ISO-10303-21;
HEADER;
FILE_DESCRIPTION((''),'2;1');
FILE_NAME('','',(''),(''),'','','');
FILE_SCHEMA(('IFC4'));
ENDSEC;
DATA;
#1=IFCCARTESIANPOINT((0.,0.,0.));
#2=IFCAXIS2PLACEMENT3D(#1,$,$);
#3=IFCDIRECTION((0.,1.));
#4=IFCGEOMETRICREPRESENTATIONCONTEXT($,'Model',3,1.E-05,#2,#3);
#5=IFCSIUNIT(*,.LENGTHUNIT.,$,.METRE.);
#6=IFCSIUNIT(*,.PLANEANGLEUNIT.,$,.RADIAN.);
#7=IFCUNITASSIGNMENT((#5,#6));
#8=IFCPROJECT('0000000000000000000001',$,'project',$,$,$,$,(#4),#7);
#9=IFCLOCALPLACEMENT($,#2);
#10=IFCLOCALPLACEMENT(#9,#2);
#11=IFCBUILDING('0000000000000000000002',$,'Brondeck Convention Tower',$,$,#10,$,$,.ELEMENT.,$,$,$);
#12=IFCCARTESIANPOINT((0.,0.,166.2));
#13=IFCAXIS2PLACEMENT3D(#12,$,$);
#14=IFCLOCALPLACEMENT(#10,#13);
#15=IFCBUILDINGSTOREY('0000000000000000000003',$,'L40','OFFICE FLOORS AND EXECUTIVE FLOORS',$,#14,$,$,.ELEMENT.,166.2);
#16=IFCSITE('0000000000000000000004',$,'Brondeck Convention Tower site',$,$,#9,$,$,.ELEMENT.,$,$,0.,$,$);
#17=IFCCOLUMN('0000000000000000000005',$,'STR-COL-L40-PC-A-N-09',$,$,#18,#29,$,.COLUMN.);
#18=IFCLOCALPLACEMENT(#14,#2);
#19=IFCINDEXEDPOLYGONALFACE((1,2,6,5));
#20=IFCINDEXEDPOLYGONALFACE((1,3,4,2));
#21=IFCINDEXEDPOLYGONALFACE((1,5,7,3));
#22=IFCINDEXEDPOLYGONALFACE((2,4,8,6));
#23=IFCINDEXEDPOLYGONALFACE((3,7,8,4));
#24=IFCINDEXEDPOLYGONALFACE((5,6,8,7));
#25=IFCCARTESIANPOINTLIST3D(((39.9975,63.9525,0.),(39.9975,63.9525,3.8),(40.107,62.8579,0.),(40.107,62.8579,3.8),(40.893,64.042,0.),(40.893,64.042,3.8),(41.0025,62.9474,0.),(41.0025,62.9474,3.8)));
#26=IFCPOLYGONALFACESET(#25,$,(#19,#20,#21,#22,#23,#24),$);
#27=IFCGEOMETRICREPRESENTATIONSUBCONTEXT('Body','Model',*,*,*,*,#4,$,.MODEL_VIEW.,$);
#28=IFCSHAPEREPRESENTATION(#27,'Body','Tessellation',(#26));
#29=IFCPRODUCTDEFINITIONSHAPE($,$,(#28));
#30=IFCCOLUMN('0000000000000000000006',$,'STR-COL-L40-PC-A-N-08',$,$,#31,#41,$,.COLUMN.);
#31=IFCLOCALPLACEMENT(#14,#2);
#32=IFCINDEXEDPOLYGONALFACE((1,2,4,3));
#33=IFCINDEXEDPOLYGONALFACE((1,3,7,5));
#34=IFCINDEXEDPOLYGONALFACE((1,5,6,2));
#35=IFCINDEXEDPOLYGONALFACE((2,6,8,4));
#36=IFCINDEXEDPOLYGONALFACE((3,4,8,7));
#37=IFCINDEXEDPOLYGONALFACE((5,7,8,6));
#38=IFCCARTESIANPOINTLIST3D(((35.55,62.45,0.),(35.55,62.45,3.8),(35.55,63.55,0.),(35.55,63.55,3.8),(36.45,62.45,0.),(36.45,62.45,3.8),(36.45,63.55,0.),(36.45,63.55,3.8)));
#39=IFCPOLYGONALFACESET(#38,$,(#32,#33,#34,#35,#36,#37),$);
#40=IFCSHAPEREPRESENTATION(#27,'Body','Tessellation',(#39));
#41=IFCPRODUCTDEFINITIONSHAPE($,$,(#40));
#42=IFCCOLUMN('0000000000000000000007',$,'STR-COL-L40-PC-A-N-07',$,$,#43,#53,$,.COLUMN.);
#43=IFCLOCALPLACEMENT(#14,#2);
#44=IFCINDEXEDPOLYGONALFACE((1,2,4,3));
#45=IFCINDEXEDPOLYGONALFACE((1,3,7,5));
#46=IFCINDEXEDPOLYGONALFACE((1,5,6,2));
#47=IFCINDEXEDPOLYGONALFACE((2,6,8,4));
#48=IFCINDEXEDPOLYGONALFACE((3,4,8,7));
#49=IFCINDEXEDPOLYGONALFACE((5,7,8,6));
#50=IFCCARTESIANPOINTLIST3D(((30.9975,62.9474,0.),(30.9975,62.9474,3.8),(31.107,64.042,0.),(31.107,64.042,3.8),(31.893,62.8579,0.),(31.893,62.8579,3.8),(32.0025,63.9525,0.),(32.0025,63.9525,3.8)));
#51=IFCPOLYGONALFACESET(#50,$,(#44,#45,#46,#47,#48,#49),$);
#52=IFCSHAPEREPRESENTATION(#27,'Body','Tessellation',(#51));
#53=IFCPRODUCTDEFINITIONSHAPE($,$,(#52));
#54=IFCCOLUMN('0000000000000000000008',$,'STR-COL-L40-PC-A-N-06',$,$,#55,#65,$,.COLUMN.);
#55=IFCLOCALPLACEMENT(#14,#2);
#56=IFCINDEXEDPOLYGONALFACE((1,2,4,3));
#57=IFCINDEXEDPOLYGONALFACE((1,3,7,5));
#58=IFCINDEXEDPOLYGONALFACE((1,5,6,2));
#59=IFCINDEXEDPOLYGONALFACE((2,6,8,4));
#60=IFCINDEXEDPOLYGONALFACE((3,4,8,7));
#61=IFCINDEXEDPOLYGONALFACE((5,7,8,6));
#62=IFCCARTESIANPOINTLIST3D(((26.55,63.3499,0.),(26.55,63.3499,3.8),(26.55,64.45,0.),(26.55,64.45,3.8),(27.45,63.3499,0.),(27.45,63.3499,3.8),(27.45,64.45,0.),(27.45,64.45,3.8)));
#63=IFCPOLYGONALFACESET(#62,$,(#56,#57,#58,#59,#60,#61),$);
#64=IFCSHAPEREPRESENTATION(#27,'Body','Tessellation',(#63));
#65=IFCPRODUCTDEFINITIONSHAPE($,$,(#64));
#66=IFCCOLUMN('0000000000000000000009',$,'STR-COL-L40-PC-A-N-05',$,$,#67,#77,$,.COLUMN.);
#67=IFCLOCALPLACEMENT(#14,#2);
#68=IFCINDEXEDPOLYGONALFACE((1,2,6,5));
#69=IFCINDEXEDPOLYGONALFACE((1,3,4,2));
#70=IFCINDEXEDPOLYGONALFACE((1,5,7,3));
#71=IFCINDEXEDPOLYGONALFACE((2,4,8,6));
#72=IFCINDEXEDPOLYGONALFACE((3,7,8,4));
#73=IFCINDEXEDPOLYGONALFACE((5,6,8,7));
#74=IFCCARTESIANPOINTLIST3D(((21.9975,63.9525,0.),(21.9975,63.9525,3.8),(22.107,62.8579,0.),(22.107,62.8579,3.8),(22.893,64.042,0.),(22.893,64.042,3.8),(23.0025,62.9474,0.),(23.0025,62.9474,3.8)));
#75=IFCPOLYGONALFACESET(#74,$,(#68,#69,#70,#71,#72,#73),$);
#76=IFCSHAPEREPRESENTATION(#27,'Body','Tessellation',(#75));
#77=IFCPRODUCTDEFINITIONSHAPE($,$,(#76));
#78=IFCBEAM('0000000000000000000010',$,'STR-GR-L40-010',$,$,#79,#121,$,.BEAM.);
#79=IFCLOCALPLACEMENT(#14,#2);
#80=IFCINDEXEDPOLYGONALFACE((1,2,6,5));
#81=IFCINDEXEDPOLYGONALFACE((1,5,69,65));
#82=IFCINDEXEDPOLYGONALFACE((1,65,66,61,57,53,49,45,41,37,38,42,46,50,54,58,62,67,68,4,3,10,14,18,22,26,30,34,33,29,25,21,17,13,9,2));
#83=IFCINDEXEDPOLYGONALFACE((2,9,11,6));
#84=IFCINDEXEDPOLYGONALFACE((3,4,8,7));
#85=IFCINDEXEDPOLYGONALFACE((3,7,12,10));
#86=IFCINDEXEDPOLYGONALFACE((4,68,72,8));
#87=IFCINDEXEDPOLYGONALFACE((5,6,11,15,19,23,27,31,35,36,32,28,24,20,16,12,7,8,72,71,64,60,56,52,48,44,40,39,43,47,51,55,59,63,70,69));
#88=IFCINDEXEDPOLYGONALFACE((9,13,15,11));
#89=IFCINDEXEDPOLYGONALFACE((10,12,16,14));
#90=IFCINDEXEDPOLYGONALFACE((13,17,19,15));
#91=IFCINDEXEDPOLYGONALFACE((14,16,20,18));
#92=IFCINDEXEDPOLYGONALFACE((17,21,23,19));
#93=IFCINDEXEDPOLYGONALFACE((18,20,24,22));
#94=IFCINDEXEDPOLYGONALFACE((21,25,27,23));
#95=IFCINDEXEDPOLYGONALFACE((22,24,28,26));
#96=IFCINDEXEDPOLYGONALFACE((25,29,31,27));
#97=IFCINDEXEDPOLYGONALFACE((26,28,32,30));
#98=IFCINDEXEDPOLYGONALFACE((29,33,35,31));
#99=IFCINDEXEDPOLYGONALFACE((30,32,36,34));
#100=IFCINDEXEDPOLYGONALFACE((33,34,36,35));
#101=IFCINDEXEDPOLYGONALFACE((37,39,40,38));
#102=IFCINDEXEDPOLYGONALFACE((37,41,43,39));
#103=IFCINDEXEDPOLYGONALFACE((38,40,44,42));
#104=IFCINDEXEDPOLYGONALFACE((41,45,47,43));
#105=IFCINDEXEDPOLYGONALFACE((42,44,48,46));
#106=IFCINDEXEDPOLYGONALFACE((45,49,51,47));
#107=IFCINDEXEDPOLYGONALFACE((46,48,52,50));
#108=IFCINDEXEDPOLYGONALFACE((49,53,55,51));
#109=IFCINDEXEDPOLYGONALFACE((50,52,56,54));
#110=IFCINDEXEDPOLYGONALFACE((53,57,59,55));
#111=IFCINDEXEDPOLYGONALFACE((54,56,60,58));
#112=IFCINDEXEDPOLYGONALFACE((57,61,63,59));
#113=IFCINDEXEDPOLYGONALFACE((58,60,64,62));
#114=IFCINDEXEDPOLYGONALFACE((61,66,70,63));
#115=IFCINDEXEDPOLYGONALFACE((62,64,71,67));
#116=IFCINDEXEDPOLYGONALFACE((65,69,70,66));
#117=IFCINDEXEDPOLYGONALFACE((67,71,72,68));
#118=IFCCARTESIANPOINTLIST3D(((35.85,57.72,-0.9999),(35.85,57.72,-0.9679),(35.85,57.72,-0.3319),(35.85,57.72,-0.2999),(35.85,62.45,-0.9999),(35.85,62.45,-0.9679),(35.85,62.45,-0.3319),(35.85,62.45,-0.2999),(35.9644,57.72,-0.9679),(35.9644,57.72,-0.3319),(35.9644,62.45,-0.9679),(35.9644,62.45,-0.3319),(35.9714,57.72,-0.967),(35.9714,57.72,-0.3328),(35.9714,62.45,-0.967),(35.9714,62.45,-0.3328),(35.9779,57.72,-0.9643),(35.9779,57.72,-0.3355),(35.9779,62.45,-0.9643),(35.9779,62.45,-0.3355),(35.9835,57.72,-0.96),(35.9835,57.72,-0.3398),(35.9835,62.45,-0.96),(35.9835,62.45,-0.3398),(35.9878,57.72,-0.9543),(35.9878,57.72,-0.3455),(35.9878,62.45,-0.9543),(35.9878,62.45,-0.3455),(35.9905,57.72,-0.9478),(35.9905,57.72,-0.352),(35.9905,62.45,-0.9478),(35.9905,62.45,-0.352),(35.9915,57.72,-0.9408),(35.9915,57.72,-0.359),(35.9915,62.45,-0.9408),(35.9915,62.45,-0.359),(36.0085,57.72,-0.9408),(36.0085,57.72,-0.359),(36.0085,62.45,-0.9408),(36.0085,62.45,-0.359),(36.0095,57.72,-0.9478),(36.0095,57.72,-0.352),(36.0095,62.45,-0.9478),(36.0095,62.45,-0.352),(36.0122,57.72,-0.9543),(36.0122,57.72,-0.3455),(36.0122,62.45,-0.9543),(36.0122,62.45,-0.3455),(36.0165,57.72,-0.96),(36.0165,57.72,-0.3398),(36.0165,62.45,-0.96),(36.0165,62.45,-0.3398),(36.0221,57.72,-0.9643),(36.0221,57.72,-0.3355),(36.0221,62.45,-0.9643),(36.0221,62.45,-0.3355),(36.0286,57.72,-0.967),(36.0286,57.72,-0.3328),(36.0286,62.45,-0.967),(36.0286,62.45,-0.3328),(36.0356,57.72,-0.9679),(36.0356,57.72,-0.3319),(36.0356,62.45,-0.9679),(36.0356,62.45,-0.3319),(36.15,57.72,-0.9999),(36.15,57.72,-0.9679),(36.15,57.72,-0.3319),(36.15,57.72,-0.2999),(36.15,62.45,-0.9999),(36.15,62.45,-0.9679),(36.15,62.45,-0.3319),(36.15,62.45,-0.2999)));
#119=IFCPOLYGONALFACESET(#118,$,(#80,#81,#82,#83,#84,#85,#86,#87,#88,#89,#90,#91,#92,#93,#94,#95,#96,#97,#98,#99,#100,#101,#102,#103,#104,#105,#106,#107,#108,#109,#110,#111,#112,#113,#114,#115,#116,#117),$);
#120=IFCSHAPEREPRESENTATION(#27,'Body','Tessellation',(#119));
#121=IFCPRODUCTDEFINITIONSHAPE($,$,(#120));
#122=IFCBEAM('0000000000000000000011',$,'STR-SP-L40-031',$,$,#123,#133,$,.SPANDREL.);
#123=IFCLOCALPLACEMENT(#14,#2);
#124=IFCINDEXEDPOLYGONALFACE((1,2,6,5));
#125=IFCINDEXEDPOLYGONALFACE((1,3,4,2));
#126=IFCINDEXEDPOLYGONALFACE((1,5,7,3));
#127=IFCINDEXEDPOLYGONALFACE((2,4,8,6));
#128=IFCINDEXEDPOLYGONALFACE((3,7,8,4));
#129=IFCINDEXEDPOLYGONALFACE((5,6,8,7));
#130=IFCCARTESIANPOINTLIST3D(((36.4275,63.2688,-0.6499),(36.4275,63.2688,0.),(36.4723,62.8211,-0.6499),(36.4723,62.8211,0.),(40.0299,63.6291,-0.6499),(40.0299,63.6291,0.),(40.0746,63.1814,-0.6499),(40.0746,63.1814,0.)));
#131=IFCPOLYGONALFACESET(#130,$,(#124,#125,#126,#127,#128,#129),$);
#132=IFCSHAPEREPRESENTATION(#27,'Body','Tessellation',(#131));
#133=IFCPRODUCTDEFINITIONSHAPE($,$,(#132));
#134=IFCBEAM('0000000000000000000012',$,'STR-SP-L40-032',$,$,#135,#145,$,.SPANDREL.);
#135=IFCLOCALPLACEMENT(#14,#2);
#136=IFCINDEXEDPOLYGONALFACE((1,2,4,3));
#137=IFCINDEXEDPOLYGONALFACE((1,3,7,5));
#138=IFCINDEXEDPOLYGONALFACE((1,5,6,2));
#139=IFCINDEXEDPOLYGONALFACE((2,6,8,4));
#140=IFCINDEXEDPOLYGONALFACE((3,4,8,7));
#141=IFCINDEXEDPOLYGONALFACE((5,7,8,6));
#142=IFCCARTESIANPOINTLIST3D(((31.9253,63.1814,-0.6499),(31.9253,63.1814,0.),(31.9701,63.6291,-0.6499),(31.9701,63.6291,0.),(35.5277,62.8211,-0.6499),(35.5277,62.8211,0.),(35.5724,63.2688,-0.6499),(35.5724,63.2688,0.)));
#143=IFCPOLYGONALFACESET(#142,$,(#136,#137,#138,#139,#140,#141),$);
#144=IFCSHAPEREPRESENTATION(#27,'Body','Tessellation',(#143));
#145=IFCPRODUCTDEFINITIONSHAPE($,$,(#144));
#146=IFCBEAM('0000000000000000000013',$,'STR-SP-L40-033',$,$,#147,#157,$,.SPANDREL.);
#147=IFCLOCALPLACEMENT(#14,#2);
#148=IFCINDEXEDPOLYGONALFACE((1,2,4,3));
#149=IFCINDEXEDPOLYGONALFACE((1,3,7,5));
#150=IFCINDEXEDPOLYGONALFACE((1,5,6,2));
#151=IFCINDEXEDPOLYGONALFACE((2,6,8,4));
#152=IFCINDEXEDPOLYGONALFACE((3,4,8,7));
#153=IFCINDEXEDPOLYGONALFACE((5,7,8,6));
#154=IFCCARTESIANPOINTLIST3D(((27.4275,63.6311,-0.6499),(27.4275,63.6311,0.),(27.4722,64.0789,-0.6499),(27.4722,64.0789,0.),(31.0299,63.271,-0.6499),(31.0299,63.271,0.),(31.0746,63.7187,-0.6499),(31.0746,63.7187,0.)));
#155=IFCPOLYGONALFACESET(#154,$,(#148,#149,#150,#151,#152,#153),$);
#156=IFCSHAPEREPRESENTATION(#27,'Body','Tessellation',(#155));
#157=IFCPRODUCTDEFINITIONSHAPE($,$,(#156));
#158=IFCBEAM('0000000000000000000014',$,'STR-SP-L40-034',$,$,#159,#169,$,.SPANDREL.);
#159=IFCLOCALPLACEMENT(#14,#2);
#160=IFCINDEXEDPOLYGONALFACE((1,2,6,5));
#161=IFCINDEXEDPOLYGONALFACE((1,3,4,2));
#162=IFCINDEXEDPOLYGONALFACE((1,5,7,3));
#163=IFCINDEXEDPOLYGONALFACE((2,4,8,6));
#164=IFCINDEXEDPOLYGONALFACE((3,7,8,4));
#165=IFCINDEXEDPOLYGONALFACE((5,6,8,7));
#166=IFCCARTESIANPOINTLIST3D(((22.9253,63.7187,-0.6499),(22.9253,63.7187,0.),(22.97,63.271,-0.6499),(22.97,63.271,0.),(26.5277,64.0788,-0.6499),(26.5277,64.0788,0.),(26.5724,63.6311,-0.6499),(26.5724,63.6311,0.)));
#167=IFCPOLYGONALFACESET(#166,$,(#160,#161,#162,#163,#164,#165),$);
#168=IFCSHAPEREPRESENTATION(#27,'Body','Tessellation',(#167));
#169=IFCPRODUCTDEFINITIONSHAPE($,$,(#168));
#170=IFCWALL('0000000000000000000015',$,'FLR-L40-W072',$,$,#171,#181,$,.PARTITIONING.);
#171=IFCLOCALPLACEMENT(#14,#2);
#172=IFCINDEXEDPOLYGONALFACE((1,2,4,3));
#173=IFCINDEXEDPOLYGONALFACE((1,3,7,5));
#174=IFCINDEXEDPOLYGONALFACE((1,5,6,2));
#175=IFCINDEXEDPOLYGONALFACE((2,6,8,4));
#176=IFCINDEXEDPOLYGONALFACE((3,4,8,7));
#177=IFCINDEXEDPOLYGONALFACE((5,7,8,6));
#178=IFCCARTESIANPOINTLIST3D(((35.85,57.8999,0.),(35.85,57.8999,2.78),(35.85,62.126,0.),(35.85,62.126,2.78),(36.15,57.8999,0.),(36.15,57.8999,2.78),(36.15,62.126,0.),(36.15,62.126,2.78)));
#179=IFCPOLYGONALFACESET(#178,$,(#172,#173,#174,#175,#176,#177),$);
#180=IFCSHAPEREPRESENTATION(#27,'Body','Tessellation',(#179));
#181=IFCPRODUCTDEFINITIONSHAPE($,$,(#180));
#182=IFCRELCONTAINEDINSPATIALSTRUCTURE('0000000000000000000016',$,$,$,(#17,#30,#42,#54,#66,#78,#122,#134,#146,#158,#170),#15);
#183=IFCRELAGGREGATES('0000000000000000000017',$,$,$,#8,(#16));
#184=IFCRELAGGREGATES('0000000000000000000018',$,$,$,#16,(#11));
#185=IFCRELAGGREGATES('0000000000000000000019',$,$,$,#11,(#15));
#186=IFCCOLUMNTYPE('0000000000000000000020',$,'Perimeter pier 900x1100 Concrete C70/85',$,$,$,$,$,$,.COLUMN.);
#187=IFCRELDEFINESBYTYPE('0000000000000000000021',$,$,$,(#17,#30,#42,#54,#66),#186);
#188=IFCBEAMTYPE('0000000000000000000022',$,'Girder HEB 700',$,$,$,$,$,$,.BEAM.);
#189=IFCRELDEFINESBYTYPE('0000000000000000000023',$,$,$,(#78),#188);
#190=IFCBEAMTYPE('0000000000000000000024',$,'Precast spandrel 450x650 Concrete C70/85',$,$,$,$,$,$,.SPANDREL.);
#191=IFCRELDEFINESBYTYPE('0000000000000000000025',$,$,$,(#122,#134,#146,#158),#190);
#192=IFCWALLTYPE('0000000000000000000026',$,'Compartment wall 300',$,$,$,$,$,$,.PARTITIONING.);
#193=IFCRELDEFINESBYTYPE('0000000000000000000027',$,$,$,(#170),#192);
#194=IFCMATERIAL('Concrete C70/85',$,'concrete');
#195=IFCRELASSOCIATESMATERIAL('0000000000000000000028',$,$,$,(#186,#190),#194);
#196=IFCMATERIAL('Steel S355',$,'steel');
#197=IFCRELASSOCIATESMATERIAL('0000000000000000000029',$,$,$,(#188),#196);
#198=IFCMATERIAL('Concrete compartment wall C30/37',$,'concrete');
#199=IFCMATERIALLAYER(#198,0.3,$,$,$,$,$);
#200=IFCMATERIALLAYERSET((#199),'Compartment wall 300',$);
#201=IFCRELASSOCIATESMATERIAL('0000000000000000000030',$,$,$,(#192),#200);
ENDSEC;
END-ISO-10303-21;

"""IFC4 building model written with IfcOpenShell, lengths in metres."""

from ifc_helpers import new_model, si_unit, direction, frame, frame_2d, origin, origin_2d, place, context, subcontext, project, spatial, rectangle, i_section, extrude, material, layer, layer_set, material_profile, profile_set, type_object, element, save


model = new_model("IFC4")

# Units and contexts
model_context = context("Model", 3, precision=1e-05, world=origin(), true_north=direction((0.0, 1.0)))
body_context = subcontext(model_context, "Body", "Model", "MODEL_VIEW")
ifc_project = project(units=[si_unit("LENGTHUNIT", "METRE"), si_unit("PLANEANGLEUNIT", "RADIAN")], contexts=[model_context])

# Site, building, storey
site_placement = place(None, origin())
site = spatial("IfcSite", under=ifc_project, at=site_placement, Name="Brondeck Convention Tower site", CompositionType="ELEMENT", RefElevation=0.0)
building_placement = place(site_placement, origin())
building = spatial("IfcBuilding", under=site, at=building_placement, Name="Brondeck Convention Tower", CompositionType="ELEMENT")
storey_placement = place(building_placement, frame((0.0, 0.0, 166.2)))
storey = spatial("IfcBuildingStorey", under=building, at=storey_placement, Name="L40", Description="OFFICE FLOORS AND EXECUTIVE FLOORS", CompositionType="ELEMENT", Elevation=166.2)

# Columns
ifc_material_1 = material(Name="Concrete C70/85", Category="concrete")
ifc_material_profile_1 = material_profile(ifc_material_1, rectangle(XDim=0.8999, YDim=1.1001, at=origin_2d()), Name="Perimeter pier 900x1100 Concrete C70/85")
ifc_profile_set_1 = profile_set([ifc_material_profile_1], Name="Concrete C70/85")
column_type = type_object("IfcColumnType", Name="Perimeter pier 900x1100 Concrete C70/85", PredefinedType="COLUMN", material=ifc_profile_set_1)
for number, where, z_axis, x_axis, name in (
    (1, (40.5, 63.45, 0.0), (0.0, 0.0, 1.0), (-0.995037, -0.099504, 0.0), "STR-COL-L40-PC-A-N-09"),
    (2, (36.0, 63.0, 0.0), (0.0, 0.0, 1.0), (-1.0, 0.0, 0.0), "STR-COL-L40-PC-A-N-08"),
    (3, (31.5, 63.45, 0.0), (0.0, 0.0, 1.0), (-0.995037, 0.099504, 0.0), "STR-COL-L40-PC-A-N-07"),
    (4, (27.0, 63.8999, 0.0), (0.0, 0.0, 1.0), (-1.0, 0.0, 0.0), "STR-COL-L40-PC-A-N-06"),
    (5, (22.5, 63.45, 0.0), (0.0, 0.0, 1.0), (-0.995037, -0.099504, 0.0), "STR-COL-L40-PC-A-N-05"),
):
    element("IfcColumn", number, at=place(storey_placement, frame(where, z_axis=z_axis, x_axis=x_axis)), inside=storey, type_object=column_type, Name=name, PredefinedType="COLUMN", context=body_context, shape_type="SweptSolid", body=[
        extrude(rectangle(XDim=0.8999, YDim=1.1001, at=origin_2d()), origin(), (0.0, 0.0, 1.0), 3.8),
    ])

# Beams
ifc_material_2 = material(Name="Steel S355", Category="steel")
ifc_material_profile_2 = material_profile(ifc_material_2, i_section(OverallWidth=0.3, OverallDepth=0.7, WebThickness=0.0171, FlangeThickness=0.032, FilletRadius=0.0271, at=origin_2d()), Name="HEB 700")
ifc_profile_set_2 = profile_set([ifc_material_profile_2], Name="Steel S355")
beam_type_1 = type_object("IfcBeamType", Name="Girder HEB 700", PredefinedType="BEAM", material=ifc_profile_set_2)
beam_placement = place(storey_placement, frame((36.0, 57.72, -0.6499), z_axis=(0.0, 1.0, 0.0), x_axis=(-1.0, 0.0, 0.0)))
element("IfcBeam", 6, at=beam_placement, inside=storey, type_object=beam_type_1, Name="STR-GR-L40-010", PredefinedType="BEAM", context=body_context, shape_type="SweptSolid", body=[
    extrude(i_section(OverallWidth=0.3, OverallDepth=0.7, WebThickness=0.0171, FlangeThickness=0.032, FilletRadius=0.0271, at=origin_2d()), origin(), (0.0, 0.0, 1.0), 4.73),
])
ifc_material_profile_3 = material_profile(ifc_material_1, rectangle(XDim=0.45, YDim=0.6499, at=origin_2d()), Name="Precast spandrel 450x650 Concrete C70/85")
ifc_profile_set_3 = profile_set([ifc_material_profile_3], Name="Concrete C70/85")
beam_type_2 = type_object("IfcBeamType", Name="Precast spandrel 450x650 Concrete C70/85", PredefinedType="SPANDREL", material=ifc_profile_set_3)
for number, where, z_axis, x_axis, name in (
    (7, (40.0522, 63.4053, -0.325), (-0.995034, -0.099537, 0.0), (0.099537, -0.995034, 0.0), "STR-SP-L40-031"),
    (8, (35.55, 63.0449, -0.325), (-0.995034, 0.099537, 0.0), (-0.099537, -0.995034, 0.0), "STR-SP-L40-032"),
    (9, (31.0522, 63.4949, -0.325), (-0.995041, 0.09947, 0.0), (-0.09947, -0.995041, 0.0), "STR-SP-L40-033"),
    (10, (26.55, 63.855, -0.325), (-0.995041, -0.09947, 0.0), (0.09947, -0.995041, 0.0), "STR-SP-L40-034"),
):
    element("IfcBeam", number, at=place(storey_placement, frame(where, z_axis=z_axis, x_axis=x_axis)), inside=storey, type_object=beam_type_2, Name=name, PredefinedType="SPANDREL", context=body_context, shape_type="SweptSolid", body=[
        extrude(rectangle(XDim=0.45, YDim=0.6499, at=origin_2d()), origin(), (0.0, 0.0, 1.0), 3.6204),
    ])

# Wall
ifc_material_3 = material(Name="Concrete compartment wall C30/37", Category="concrete")
ifc_layer_1 = layer(ifc_material_3, 0.3)
ifc_layer_set_1 = layer_set([ifc_layer_1], Name="Compartment wall 300")
wall_type_1 = type_object("IfcWallType", Name="Compartment wall 300", PredefinedType="PARTITIONING", material=ifc_layer_set_1)
wall_1_placement = place(storey_placement, frame((36.0, 57.8999, 0.0), z_axis=(0.0, 0.0, 1.0), x_axis=(0.0, 1.0, 0.0)))
element("IfcWall", 11, at=wall_1_placement, inside=storey, type_object=wall_type_1, Name="FLR-L40-W072", PredefinedType="PARTITIONING", context=body_context, shape_type="SweptSolid", body=[
    extrude(rectangle(XDim=4.2261, YDim=0.3, at=frame_2d((2.113, 0.0))), origin(), (0.0, 0.0, 1.0), 2.78),
])

save(model, "model.ifc")
